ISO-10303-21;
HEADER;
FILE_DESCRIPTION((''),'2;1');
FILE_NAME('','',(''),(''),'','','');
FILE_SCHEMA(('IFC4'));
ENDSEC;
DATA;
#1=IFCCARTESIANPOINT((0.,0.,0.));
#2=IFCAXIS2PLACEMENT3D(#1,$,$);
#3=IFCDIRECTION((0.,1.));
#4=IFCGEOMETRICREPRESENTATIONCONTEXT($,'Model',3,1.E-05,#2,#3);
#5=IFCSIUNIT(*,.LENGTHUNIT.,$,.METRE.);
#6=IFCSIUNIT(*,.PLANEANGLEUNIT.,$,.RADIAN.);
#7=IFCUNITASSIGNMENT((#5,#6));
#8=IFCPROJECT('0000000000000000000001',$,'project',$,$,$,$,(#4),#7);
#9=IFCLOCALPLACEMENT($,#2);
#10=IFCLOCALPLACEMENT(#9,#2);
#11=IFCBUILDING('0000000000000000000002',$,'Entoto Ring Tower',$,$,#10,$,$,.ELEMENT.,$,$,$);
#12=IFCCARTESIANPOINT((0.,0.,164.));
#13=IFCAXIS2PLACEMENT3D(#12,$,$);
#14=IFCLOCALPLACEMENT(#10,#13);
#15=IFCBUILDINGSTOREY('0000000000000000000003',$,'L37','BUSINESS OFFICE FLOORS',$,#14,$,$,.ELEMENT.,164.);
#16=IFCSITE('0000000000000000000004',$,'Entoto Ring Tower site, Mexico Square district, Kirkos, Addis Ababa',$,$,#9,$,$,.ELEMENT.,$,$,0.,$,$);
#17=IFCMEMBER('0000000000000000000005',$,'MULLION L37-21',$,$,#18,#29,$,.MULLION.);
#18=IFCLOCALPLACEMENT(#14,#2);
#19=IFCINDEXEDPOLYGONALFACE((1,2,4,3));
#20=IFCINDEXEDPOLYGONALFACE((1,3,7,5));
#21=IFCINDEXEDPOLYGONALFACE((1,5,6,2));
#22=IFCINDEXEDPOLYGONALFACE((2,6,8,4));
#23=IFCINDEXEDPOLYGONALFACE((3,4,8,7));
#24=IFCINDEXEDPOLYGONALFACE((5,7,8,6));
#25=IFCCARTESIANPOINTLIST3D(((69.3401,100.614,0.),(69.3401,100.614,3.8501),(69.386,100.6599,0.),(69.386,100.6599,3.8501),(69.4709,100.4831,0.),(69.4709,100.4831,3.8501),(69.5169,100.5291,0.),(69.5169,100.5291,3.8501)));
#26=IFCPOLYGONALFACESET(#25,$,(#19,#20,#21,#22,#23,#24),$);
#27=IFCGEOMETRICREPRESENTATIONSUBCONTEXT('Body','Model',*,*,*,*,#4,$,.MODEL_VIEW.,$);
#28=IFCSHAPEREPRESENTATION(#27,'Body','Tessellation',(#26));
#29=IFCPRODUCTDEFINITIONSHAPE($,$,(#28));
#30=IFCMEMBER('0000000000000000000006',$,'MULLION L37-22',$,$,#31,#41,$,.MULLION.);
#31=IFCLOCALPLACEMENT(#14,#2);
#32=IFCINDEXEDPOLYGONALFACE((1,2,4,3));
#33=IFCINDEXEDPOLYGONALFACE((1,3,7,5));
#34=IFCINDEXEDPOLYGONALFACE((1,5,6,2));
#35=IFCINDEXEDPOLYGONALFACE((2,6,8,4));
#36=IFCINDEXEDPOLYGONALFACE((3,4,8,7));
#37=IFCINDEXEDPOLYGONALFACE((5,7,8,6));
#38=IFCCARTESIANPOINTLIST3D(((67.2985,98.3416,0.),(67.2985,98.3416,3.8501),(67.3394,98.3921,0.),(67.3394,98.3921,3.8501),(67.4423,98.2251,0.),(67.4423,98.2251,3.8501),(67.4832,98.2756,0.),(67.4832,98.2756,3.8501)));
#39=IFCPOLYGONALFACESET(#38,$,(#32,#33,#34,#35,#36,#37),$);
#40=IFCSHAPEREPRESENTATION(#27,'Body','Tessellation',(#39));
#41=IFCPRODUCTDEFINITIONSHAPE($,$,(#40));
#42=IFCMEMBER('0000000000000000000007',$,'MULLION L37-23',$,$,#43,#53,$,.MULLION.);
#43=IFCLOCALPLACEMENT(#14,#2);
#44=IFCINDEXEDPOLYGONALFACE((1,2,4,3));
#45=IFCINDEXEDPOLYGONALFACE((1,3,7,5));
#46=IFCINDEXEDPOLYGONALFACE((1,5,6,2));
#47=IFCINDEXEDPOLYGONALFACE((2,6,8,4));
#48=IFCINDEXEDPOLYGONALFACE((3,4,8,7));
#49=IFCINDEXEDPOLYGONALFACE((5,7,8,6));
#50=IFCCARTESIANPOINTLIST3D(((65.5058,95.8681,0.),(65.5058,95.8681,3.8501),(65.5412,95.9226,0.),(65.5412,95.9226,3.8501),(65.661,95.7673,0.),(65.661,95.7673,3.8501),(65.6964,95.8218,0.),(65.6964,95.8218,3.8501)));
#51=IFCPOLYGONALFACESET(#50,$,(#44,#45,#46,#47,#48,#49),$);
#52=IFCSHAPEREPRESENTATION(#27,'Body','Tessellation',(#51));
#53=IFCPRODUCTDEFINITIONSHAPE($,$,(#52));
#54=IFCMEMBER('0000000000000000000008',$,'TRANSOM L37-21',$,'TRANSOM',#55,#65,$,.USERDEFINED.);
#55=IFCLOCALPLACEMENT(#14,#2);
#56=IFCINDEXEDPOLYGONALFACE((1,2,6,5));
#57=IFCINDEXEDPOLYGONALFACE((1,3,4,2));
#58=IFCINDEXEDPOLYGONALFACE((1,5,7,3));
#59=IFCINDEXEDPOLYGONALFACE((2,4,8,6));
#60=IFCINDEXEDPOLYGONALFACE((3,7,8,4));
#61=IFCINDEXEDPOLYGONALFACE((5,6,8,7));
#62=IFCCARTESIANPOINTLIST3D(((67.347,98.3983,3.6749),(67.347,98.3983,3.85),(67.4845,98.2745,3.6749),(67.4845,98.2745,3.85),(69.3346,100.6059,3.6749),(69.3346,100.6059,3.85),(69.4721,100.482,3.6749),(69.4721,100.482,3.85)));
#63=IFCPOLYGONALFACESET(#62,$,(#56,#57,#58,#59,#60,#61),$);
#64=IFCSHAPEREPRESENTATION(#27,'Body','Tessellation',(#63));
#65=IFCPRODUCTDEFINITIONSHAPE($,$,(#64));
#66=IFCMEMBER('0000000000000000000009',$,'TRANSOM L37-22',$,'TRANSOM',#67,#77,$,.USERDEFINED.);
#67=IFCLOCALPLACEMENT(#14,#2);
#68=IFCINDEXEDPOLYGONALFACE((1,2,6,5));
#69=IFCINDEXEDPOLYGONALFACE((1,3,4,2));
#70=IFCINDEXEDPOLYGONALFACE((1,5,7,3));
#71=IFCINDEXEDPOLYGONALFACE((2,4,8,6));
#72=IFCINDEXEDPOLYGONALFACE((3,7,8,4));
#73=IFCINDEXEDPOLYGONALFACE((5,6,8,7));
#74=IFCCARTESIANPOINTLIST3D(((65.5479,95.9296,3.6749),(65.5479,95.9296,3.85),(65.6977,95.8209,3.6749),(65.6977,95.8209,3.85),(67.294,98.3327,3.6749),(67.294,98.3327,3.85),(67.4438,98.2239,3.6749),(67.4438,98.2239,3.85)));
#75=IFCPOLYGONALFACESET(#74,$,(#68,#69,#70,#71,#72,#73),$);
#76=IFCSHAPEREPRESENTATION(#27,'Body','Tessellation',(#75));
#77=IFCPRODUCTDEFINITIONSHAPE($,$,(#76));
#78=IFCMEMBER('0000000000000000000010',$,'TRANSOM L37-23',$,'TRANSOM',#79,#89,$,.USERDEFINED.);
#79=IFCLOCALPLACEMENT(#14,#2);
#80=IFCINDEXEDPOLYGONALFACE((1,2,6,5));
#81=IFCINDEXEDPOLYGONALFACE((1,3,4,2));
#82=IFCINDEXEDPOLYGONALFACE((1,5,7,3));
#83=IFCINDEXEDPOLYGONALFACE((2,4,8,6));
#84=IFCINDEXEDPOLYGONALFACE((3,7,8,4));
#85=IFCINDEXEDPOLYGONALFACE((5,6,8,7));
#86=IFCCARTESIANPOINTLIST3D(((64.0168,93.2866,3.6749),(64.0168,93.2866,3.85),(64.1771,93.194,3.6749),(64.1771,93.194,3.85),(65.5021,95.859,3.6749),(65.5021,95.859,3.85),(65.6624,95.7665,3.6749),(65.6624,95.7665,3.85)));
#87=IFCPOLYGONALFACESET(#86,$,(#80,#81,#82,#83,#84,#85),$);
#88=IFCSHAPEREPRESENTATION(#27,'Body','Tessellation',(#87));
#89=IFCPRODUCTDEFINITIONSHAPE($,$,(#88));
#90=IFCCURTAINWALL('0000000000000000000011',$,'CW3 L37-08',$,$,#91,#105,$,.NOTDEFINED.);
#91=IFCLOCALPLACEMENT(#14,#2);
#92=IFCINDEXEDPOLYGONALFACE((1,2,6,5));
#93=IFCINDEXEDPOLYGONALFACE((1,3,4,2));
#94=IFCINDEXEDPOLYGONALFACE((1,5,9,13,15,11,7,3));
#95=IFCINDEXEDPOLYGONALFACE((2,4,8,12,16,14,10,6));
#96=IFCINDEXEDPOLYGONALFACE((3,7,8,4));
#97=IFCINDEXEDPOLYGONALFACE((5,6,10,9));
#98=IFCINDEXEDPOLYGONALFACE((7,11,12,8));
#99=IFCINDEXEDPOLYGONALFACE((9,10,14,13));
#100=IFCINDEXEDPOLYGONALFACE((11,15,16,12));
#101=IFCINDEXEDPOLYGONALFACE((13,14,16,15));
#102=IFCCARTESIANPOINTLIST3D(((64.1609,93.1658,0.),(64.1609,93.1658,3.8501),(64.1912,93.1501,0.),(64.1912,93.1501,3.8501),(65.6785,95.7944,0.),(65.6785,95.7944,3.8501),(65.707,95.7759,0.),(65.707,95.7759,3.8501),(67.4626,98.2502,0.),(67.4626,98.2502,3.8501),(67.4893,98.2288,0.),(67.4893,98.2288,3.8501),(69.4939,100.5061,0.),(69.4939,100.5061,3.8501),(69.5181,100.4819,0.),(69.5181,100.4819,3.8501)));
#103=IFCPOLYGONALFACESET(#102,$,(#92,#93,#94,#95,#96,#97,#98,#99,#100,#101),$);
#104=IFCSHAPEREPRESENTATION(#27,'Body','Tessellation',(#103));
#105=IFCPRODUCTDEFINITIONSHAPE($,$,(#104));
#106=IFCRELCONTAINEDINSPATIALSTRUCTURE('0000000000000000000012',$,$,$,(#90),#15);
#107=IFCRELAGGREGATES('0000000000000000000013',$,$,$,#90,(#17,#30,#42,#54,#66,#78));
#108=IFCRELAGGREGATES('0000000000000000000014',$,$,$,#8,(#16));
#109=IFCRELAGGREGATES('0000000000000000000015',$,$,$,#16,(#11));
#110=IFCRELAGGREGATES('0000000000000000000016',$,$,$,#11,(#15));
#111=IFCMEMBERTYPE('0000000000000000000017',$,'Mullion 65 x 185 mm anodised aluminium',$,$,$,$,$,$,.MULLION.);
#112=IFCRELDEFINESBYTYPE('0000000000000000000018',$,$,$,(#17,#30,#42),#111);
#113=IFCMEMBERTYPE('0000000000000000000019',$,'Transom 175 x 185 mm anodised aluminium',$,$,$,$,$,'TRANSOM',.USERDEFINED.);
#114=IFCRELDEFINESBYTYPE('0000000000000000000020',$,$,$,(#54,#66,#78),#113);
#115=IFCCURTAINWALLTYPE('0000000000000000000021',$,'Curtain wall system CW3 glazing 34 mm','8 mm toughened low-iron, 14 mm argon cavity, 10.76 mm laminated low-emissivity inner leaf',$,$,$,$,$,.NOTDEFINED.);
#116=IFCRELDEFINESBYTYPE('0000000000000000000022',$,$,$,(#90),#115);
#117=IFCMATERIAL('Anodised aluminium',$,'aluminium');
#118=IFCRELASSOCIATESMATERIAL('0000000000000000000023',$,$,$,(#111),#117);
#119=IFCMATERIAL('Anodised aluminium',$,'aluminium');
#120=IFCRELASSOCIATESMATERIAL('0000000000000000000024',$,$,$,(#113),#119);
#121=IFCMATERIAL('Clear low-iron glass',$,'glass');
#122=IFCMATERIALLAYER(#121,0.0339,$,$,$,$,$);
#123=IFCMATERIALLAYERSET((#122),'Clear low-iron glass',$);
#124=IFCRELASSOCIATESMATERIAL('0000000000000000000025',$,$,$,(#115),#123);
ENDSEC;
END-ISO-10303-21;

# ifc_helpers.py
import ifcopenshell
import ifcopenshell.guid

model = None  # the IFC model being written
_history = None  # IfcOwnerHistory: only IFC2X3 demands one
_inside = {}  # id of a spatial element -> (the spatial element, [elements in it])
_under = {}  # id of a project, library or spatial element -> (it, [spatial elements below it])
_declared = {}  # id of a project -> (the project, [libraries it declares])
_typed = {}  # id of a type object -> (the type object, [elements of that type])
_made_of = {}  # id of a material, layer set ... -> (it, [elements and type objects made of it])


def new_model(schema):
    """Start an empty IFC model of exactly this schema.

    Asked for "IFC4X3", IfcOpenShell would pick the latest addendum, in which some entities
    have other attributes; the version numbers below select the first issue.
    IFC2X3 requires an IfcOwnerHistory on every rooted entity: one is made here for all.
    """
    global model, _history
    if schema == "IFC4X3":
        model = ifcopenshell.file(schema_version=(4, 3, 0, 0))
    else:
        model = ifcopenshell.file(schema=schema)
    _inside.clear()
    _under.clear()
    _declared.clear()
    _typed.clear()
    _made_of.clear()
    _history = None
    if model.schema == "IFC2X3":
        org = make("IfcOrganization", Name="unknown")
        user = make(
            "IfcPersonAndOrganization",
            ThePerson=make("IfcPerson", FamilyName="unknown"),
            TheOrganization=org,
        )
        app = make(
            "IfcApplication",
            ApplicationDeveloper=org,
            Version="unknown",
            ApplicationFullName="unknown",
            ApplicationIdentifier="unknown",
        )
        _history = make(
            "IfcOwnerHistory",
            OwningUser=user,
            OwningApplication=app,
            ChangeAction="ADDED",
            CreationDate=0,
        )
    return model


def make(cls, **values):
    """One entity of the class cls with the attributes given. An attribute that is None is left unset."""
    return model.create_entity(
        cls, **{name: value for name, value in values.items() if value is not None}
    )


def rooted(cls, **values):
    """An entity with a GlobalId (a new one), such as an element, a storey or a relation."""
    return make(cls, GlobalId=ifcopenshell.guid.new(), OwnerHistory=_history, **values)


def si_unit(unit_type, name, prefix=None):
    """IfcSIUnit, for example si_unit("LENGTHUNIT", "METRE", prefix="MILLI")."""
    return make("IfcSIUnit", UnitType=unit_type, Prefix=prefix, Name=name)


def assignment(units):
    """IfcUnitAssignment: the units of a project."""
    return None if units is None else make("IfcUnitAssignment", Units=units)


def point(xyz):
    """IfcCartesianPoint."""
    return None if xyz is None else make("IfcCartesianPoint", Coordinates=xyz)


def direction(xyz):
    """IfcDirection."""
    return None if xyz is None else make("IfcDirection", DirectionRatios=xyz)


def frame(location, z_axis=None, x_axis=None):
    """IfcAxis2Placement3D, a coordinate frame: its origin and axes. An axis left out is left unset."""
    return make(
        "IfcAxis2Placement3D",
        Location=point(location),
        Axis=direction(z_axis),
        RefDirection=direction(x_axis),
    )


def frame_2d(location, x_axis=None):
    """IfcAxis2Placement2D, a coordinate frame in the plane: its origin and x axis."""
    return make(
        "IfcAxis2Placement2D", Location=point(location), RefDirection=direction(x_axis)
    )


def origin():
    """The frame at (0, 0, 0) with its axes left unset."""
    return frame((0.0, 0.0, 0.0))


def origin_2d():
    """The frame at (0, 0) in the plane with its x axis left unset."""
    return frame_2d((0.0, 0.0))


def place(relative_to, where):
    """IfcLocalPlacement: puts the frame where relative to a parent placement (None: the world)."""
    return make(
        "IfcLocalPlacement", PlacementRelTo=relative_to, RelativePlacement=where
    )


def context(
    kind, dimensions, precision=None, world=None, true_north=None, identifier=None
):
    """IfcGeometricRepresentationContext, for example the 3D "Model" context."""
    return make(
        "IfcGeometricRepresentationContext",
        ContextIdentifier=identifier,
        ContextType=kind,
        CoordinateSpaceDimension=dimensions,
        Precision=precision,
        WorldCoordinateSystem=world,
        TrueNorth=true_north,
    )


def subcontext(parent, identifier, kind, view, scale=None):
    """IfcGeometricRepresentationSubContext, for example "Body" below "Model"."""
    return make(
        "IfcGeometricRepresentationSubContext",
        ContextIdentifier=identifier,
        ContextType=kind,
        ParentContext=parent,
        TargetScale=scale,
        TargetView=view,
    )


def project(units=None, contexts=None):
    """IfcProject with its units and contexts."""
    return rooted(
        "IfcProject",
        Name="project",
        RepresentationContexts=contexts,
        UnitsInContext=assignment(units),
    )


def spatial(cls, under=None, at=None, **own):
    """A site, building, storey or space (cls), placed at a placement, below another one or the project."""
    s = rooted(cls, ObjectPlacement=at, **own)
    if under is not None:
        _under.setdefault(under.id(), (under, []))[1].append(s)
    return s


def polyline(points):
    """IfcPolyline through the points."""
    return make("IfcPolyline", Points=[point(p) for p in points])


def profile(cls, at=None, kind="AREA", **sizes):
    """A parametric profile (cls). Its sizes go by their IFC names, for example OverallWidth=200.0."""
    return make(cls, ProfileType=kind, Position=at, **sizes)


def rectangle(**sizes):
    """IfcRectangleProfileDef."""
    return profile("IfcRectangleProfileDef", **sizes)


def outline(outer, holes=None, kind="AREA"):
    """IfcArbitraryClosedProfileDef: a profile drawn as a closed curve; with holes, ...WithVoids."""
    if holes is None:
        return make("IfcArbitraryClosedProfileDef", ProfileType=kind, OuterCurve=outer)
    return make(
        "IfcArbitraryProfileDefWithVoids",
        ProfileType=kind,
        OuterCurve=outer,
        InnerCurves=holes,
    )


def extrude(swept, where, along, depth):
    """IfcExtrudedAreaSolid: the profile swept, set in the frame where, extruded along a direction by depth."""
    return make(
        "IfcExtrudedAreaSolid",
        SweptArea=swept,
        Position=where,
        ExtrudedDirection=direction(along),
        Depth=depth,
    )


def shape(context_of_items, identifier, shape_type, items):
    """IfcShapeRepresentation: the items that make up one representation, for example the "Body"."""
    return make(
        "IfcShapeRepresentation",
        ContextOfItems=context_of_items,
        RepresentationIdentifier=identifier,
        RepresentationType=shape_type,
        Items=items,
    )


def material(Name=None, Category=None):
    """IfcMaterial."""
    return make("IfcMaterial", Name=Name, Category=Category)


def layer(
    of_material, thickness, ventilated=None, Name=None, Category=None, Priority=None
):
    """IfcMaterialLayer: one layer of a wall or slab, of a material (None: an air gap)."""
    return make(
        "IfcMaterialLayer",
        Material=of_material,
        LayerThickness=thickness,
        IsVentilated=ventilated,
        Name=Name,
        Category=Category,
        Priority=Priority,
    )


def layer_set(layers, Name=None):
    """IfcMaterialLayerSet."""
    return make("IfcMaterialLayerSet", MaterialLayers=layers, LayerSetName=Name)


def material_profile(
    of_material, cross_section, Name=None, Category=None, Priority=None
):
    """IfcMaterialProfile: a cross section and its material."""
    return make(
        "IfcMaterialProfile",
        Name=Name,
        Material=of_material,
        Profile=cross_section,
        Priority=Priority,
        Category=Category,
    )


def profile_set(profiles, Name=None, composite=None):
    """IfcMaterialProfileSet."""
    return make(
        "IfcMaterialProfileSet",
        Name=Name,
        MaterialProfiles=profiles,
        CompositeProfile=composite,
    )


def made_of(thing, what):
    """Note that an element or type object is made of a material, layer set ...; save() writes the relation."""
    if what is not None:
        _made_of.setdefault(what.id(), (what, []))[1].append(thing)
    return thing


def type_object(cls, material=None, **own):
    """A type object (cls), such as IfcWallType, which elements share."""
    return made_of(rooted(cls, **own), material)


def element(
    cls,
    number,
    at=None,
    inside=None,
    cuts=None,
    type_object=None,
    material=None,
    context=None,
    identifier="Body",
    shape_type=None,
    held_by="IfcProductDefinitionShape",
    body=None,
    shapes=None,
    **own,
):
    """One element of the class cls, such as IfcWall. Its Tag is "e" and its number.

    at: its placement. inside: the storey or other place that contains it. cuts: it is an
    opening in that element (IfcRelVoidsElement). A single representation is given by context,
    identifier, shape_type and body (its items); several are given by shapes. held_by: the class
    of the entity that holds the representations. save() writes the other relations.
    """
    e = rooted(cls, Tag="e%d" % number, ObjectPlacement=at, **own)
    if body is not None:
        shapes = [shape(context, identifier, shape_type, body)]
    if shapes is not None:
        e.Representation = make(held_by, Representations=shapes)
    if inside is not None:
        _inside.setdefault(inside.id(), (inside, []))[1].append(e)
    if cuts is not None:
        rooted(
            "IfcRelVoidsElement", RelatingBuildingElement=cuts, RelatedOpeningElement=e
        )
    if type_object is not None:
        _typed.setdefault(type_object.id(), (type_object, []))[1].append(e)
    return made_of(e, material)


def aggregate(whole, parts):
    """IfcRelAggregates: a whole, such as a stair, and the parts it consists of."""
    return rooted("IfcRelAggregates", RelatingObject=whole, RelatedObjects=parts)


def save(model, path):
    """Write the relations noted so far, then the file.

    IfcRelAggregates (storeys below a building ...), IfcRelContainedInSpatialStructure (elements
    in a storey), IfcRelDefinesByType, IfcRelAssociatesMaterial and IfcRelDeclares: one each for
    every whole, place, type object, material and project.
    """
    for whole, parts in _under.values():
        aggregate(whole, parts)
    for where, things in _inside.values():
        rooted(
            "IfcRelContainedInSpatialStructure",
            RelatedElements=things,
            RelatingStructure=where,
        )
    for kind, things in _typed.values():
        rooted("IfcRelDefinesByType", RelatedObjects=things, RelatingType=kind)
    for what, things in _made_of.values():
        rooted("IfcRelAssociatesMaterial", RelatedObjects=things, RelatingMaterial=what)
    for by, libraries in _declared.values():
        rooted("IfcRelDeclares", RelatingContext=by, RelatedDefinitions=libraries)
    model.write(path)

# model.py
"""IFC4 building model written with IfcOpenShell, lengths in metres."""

from ifc_helpers import new_model, si_unit, direction, frame, origin, origin_2d, place, context, subcontext, project, spatial, polyline, rectangle, outline, extrude, material, layer, layer_set, material_profile, profile_set, type_object, element, aggregate, save


model = new_model("IFC4")

# Units and contexts
model_context = context("Model", 3, precision=1e-05, world=origin(), true_north=direction((0.0, 1.0)))
body_context = subcontext(model_context, "Body", "Model", "MODEL_VIEW")
ifc_project = project(units=[si_unit("LENGTHUNIT", "METRE"), si_unit("PLANEANGLEUNIT", "RADIAN")], contexts=[model_context])

# Members
ifc_material_1 = material(Name="Anodised aluminium", Category="aluminium")
ifc_material_profile_1 = material_profile(ifc_material_1, rectangle(XDim=0.0649, YDim=0.1851, at=origin_2d()), Name="Mullion 65 x 185 mm anodised aluminium")
ifc_profile_set_1 = profile_set([ifc_material_profile_1], Name="Anodised aluminium")
member_type_1 = type_object("IfcMemberType", Name="Mullion 65 x 185 mm anodised aluminium", PredefinedType="MULLION", material=ifc_profile_set_1)
site_placement = place(None, origin())
building_placement = place(site_placement, origin())
storey_placement = place(building_placement, frame((0.0, 0.0, 164.0)))
member_1_placement = place(storey_placement, frame((69.4285, 100.5715, 0.0), z_axis=(0.0, 0.0, 1.0), x_axis=(-0.707107, -0.707107, 0.0)))
member_1 = element("IfcMember", 1, at=member_1_placement, type_object=member_type_1, Name="MULLION L37-21", PredefinedType="MULLION", context=body_context, shape_type="SweptSolid", body=[
    extrude(rectangle(XDim=0.0649, YDim=0.1851, at=origin_2d()), origin(), (0.0, 0.0, 1.0), 3.8501),
])
member_2_placement = place(storey_placement, frame((67.3909, 98.3086, 0.0), z_axis=(0.0, 0.0, 1.0), x_axis=(-0.62932, -0.777146, 0.0)))
member_2 = element("IfcMember", 2, at=member_2_placement, type_object=member_type_1, Name="MULLION L37-22", PredefinedType="MULLION", context=body_context, shape_type="SweptSolid", body=[
    extrude(rectangle(XDim=0.0649, YDim=0.1851, at=origin_2d()), origin(), (0.0, 0.0, 1.0), 3.8501),
])
member_3_placement = place(storey_placement, frame((65.6011, 95.845, 0.0), z_axis=(0.0, 0.0, 1.0), x_axis=(-0.544639, -0.838671, 0.0)))
member_3 = element("IfcMember", 3, at=member_3_placement, type_object=member_type_1, Name="MULLION L37-23", PredefinedType="MULLION", context=body_context, shape_type="SweptSolid", body=[
    extrude(rectangle(XDim=0.0649, YDim=0.1851, at=origin_2d()), origin(), (0.0, 0.0, 1.0), 3.8501),
])
ifc_material_2 = material(Name="Anodised aluminium", Category="aluminium")
ifc_material_profile_2 = material_profile(ifc_material_2, rectangle(XDim=0.1851, YDim=0.175, at=origin_2d()), Name="Transom 175 x 185 mm anodised aluminium")
ifc_profile_set_2 = profile_set([ifc_material_profile_2], Name="Anodised aluminium")
member_type_2 = type_object("IfcMemberType", Name="Transom 175 x 185 mm anodised aluminium", ElementType="TRANSOM", PredefinedType="USERDEFINED", material=ifc_profile_set_2)
member_4_placement = place(storey_placement, frame((69.4033, 100.5439, 3.7625), z_axis=(-0.66911, -0.743163, 0.0), x_axis=(0.743163, -0.66911, 0.0)))
member_4 = element("IfcMember", 4, at=member_4_placement, type_object=member_type_2, Name="TRANSOM L37-21", ObjectType="TRANSOM", PredefinedType="USERDEFINED", context=body_context, shape_type="SweptSolid", body=[
    extrude(rectangle(XDim=0.1851, YDim=0.175, at=origin_2d()), origin(), (0.0, 0.0, 1.0), 2.9705),
])
member_5_placement = place(storey_placement, frame((67.3689, 98.2783, 3.7625), z_axis=(-0.58782, -0.808992, 0.0), x_axis=(0.808992, -0.58782, 0.0)))
member_5 = element("IfcMember", 5, at=member_5_placement, type_object=member_type_2, Name="TRANSOM L37-22", ObjectType="TRANSOM", PredefinedType="USERDEFINED", context=body_context, shape_type="SweptSolid", body=[
    extrude(rectangle(XDim=0.1851, YDim=0.175, at=origin_2d()), origin(), (0.0, 0.0, 1.0), 2.9705),
])
member_6_placement = place(storey_placement, frame((65.5823, 95.8127, 3.7625), z_axis=(-0.500028, -0.866009, 0.0), x_axis=(0.866009, -0.500028, 0.0)))
member_6 = element("IfcMember", 6, at=member_6_placement, type_object=member_type_2, Name="TRANSOM L37-23", ObjectType="TRANSOM", PredefinedType="USERDEFINED", context=body_context, shape_type="SweptSolid", body=[
    extrude(rectangle(XDim=0.1851, YDim=0.175, at=origin_2d()), origin(), (0.0, 0.0, 1.0), 2.9705),
])

# Site, building, storey
site = spatial("IfcSite", under=ifc_project, at=site_placement, Name="Entoto Ring Tower site, Mexico Square district, Kirkos, Addis Ababa", CompositionType="ELEMENT", RefElevation=0.0)
building = spatial("IfcBuilding", under=site, at=building_placement, Name="Entoto Ring Tower", CompositionType="ELEMENT")
storey = spatial("IfcBuildingStorey", under=building, at=storey_placement, Name="L37", Description="BUSINESS OFFICE FLOORS", CompositionType="ELEMENT", Elevation=164.0)

# Curtain wall
ifc_material_3 = material(Name="Clear low-iron glass", Category="glass")
ifc_layer = layer(ifc_material_3, 0.0339)
ifc_layer_set = layer_set([ifc_layer], Name="Clear low-iron glass")
curtain_wall_type = type_object("IfcCurtainWallType", Name="Curtain wall system CW3 glazing 34 mm", Description="8 mm toughened low-iron, 14 mm argon cavity, 10.76 mm laminated low-emissivity inner leaf", PredefinedType="NOTDEFINED", material=ifc_layer_set)
curtain_wall_1_placement = place(storey_placement, origin())
curtain_wall_1 = element("IfcCurtainWall", 7, at=curtain_wall_1_placement, inside=storey, type_object=curtain_wall_type, Name="CW3 L37-08", PredefinedType="NOTDEFINED", context=body_context, shape_type="SweptSolid", body=[
    extrude(outline(polyline([(69.4939, 100.5061), (67.4626, 98.2502), (65.6785, 95.7944), (64.1609, 93.1658), (64.1912, 93.1501), (65.707, 95.7759), (67.4893, 98.2288), (69.5181, 100.4819), (69.4939, 100.5061)])), origin(), (0.0, 0.0, 1.0), 3.8501),
])
aggregate(curtain_wall_1, [member_1, member_2, member_3, member_4, member_5, member_6])

save(model, "model.ifc")
